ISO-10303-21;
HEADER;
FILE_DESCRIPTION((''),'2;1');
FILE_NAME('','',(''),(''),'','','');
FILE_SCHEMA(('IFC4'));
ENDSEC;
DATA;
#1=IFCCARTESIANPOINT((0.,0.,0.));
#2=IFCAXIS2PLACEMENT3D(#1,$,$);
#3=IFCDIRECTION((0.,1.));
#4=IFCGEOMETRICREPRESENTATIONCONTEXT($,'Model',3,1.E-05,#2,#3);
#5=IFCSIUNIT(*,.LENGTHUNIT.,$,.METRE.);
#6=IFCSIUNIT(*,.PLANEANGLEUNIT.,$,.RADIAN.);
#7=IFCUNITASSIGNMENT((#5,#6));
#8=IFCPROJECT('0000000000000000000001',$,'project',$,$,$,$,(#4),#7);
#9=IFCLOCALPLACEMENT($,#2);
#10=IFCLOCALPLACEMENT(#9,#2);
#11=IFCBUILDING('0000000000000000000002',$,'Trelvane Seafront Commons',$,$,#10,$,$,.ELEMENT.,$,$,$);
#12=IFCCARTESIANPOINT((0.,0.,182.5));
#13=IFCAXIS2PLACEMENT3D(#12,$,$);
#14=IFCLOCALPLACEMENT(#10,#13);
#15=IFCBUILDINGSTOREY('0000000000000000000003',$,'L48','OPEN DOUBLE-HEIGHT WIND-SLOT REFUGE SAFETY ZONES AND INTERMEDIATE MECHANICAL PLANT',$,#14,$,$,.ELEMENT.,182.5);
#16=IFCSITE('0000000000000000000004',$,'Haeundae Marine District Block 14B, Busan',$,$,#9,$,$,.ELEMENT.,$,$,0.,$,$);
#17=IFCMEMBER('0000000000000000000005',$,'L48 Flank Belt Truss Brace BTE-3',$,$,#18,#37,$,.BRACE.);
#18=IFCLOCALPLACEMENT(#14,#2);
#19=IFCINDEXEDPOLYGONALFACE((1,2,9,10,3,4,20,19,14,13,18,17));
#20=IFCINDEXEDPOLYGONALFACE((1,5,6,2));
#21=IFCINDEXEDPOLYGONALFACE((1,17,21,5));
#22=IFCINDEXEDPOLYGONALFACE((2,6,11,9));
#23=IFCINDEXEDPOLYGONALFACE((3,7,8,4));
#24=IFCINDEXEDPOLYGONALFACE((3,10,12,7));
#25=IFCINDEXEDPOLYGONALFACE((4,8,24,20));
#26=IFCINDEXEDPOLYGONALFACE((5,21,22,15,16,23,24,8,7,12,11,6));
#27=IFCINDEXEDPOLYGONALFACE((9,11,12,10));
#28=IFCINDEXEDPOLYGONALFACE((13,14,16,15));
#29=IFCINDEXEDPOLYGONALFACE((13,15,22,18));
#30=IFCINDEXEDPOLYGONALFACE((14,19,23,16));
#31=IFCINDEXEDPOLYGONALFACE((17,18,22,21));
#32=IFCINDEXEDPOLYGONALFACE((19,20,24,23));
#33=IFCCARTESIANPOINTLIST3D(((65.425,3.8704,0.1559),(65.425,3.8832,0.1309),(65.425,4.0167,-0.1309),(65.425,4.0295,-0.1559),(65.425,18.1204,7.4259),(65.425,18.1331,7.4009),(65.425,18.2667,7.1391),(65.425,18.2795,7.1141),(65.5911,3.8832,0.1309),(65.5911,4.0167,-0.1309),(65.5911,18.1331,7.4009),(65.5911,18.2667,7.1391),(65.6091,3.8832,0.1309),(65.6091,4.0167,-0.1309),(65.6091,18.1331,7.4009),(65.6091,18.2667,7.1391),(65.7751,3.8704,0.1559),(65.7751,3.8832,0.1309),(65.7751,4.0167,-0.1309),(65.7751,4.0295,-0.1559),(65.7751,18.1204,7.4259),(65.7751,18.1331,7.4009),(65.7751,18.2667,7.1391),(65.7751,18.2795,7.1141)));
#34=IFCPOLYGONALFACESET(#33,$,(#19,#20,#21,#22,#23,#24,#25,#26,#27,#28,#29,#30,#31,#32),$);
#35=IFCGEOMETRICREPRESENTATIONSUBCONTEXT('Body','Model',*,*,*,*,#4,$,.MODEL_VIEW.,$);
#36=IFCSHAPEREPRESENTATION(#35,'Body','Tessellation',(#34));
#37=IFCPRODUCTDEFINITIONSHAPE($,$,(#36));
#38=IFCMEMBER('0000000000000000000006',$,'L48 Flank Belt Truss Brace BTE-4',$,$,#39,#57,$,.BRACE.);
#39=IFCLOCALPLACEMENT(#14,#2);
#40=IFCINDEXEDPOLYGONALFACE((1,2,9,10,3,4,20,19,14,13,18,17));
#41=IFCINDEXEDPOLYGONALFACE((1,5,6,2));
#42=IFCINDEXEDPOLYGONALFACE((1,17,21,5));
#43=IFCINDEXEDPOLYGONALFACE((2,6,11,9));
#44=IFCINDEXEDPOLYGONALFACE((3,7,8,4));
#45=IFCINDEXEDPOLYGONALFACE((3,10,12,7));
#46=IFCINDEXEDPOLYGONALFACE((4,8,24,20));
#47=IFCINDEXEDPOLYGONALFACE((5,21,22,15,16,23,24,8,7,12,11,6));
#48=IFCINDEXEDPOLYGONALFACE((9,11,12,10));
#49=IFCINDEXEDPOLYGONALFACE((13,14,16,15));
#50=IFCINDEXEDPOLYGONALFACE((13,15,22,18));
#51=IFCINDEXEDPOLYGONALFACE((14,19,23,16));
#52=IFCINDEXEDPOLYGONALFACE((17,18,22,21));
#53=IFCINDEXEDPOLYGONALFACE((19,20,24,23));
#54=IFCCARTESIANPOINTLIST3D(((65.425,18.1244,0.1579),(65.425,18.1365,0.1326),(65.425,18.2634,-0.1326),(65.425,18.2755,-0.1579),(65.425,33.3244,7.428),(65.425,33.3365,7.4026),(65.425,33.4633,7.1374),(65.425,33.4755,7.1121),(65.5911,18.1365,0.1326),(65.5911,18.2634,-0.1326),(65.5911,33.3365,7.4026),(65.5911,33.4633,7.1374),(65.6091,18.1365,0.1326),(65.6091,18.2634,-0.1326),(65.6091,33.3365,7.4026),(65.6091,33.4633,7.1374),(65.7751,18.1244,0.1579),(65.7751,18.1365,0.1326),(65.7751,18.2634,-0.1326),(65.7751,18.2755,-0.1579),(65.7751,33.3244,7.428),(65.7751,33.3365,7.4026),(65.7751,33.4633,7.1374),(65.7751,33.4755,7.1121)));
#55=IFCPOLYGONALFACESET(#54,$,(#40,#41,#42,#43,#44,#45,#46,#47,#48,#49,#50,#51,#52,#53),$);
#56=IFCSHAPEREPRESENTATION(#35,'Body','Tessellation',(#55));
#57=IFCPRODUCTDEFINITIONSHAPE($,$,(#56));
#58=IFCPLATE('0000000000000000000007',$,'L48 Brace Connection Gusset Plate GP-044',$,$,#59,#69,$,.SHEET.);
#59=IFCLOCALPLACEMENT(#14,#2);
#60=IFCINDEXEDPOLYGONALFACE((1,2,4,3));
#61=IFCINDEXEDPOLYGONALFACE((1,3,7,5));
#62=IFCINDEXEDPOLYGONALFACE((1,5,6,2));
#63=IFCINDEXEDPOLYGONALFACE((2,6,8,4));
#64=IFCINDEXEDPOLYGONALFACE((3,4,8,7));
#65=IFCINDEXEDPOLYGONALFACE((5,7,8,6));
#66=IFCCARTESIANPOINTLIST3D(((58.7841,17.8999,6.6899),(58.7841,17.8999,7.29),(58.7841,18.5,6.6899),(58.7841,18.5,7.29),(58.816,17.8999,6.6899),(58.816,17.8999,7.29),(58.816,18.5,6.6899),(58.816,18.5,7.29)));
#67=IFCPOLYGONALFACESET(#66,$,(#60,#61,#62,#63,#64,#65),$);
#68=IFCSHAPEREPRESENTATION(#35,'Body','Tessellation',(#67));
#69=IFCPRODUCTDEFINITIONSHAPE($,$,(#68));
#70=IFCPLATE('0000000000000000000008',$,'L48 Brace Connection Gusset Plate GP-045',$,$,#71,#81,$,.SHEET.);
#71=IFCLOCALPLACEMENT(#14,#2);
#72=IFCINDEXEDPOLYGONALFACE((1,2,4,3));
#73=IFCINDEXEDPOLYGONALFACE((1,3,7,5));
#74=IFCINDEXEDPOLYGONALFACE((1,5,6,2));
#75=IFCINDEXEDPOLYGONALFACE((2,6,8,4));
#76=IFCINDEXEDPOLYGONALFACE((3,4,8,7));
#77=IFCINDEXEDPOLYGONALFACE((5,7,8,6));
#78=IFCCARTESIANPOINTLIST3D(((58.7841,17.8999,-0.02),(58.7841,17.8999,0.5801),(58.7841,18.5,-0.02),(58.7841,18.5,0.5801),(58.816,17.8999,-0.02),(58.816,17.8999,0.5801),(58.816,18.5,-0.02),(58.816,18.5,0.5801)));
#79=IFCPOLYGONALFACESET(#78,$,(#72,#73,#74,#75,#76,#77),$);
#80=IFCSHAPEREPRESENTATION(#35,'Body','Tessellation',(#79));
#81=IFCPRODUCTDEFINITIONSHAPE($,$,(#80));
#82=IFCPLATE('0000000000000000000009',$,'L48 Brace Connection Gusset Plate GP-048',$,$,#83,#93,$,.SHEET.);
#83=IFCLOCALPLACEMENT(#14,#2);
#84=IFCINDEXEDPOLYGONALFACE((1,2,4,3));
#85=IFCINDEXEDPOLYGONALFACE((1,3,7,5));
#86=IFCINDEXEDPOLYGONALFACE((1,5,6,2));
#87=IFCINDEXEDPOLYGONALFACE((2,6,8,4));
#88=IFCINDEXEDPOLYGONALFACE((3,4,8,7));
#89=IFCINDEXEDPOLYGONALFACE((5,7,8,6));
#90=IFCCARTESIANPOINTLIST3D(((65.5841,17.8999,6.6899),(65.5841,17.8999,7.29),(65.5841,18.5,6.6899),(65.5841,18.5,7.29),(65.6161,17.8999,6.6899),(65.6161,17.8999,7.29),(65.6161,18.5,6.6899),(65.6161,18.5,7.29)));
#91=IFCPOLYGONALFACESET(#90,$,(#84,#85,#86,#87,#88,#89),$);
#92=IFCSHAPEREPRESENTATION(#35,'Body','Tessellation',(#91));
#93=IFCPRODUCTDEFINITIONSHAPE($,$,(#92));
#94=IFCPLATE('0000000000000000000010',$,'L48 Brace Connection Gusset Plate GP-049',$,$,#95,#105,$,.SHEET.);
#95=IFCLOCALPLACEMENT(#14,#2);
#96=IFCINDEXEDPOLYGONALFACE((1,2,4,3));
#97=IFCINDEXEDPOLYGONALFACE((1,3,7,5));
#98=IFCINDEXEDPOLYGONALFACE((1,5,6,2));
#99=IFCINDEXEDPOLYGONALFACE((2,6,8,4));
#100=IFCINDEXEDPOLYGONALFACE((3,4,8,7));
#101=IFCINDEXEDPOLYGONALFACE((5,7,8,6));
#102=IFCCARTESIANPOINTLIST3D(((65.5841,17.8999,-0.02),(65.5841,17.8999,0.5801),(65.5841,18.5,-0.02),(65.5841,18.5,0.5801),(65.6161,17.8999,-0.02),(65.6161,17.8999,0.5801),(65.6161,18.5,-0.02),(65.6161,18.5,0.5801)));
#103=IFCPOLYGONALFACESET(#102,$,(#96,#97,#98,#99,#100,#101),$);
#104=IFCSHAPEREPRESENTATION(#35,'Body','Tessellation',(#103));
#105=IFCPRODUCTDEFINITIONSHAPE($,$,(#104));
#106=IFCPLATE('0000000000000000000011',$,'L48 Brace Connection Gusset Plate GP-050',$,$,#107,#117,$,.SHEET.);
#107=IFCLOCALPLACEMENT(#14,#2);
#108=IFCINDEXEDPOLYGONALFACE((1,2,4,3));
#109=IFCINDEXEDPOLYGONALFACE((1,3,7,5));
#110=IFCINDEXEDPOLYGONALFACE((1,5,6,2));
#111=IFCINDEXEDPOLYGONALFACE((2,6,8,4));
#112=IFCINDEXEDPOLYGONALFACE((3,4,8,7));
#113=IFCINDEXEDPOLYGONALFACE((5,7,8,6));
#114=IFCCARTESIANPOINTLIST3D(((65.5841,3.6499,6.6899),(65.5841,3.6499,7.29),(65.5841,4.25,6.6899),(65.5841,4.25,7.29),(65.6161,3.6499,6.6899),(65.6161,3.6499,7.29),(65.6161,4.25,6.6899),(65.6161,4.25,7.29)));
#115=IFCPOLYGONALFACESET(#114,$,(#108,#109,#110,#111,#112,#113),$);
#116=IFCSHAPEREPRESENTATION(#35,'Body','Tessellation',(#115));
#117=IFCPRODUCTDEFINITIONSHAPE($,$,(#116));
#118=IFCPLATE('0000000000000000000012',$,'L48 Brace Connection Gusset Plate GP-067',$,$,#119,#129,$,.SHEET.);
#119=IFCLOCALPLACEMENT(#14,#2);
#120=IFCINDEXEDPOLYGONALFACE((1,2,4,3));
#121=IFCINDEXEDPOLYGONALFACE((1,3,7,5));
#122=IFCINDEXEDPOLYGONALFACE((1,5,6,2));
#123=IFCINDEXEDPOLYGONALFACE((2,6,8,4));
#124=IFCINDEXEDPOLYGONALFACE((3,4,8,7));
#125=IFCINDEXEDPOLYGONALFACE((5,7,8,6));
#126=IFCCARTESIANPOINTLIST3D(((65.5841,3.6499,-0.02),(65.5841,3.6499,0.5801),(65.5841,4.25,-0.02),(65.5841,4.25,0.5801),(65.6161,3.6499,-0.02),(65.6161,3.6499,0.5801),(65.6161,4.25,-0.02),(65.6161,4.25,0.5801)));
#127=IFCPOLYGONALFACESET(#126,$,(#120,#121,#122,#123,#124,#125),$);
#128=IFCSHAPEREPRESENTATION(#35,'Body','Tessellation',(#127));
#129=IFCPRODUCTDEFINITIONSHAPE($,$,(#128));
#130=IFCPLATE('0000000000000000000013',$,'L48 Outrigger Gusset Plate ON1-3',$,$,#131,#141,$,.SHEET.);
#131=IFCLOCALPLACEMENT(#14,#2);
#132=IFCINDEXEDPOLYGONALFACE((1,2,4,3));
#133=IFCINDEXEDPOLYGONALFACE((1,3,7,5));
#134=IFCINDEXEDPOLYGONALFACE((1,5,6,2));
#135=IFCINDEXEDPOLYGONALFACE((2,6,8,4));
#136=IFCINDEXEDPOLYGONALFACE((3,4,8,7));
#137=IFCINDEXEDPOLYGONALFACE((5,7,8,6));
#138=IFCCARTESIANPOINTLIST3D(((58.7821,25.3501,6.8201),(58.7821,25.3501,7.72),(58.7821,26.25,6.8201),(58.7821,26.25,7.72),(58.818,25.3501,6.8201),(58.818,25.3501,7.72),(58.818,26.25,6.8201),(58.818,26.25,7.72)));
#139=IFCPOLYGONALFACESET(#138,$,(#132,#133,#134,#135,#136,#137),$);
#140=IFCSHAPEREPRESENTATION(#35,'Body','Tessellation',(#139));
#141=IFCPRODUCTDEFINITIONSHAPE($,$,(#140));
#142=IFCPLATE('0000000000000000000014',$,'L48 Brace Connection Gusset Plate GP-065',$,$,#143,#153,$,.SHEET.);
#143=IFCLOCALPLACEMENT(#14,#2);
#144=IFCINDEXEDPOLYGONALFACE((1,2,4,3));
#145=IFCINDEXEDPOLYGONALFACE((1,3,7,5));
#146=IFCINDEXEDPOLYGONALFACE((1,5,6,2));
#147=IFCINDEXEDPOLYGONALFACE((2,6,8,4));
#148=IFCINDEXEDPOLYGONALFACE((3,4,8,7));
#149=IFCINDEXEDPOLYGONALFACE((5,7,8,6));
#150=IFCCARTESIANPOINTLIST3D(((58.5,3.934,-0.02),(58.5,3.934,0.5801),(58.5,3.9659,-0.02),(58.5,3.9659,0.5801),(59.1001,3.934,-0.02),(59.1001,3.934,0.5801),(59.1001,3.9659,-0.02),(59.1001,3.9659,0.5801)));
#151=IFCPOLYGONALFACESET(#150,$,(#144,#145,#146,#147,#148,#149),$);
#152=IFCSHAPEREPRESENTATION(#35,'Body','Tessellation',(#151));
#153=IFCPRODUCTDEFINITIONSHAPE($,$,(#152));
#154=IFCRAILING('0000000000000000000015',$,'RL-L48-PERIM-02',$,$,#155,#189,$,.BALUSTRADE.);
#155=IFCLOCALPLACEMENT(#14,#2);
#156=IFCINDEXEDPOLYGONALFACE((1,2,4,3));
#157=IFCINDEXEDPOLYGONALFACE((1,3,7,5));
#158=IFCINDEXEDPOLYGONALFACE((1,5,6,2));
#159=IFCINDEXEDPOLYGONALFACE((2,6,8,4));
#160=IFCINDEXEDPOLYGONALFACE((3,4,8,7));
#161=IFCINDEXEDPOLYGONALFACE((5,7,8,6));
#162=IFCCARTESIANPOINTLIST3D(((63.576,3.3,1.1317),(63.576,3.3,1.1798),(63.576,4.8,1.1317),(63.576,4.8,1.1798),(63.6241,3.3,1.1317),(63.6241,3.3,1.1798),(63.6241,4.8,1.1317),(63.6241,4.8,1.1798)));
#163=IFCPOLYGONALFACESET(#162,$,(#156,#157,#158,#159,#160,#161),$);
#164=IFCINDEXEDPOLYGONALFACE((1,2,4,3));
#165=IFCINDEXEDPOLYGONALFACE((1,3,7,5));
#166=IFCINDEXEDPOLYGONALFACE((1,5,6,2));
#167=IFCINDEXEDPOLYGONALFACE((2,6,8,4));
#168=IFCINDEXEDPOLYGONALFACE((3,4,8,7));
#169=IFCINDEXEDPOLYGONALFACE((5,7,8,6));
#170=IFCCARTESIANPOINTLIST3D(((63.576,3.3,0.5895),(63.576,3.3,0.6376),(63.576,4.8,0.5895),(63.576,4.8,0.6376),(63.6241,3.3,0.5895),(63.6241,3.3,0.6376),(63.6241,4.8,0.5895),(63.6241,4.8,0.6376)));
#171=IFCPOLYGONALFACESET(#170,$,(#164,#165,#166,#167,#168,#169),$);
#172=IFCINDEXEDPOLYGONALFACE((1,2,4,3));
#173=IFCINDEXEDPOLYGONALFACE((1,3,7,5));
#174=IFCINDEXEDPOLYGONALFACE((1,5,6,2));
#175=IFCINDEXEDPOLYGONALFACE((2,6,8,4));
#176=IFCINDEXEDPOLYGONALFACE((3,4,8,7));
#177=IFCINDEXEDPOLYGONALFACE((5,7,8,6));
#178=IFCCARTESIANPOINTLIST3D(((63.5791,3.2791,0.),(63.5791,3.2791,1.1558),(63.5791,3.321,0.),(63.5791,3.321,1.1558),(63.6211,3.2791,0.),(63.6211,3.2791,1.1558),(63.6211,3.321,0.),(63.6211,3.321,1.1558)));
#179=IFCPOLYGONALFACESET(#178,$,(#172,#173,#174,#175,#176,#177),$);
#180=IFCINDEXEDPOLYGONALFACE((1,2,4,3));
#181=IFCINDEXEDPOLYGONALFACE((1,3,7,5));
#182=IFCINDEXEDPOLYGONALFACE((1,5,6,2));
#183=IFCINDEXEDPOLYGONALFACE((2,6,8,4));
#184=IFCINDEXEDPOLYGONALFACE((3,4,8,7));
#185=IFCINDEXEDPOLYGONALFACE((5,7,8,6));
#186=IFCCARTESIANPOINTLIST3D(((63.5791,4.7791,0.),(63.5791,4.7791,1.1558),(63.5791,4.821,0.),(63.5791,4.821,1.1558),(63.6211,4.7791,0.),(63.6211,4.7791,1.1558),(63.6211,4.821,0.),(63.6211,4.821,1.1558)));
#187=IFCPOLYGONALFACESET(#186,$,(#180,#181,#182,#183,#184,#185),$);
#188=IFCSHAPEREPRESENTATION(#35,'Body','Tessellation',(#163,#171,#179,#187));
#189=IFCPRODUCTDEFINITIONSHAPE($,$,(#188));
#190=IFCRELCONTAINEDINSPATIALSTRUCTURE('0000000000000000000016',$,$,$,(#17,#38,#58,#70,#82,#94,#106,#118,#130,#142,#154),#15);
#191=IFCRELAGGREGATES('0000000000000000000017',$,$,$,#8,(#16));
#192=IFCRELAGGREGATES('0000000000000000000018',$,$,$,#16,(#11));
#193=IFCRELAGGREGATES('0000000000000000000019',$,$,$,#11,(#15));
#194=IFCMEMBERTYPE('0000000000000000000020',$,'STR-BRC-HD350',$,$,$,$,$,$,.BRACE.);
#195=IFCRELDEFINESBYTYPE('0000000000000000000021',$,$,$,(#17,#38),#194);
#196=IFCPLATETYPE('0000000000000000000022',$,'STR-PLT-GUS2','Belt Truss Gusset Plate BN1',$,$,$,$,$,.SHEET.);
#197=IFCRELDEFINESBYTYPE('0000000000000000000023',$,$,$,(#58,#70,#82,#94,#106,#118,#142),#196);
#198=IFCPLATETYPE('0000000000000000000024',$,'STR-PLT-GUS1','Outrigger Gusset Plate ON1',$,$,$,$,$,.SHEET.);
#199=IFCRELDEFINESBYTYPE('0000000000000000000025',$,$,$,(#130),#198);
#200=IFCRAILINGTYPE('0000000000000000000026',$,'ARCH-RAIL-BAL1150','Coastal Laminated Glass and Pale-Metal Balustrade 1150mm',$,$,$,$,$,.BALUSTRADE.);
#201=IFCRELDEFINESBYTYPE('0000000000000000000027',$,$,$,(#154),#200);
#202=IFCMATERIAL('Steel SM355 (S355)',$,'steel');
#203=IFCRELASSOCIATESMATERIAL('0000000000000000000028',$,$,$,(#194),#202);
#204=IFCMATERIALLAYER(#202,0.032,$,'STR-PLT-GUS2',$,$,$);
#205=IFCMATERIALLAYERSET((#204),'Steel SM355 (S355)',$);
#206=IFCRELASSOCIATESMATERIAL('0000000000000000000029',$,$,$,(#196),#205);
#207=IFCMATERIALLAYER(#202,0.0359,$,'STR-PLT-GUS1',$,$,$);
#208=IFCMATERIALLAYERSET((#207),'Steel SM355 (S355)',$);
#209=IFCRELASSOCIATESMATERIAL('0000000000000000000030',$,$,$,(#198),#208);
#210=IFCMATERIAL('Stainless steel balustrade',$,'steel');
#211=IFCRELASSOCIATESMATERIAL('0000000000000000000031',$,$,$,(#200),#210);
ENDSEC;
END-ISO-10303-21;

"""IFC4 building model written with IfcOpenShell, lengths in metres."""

from ifc_helpers import new_model, si_unit, direction, frame, origin, origin_2d, place, context, subcontext, project, spatial, rectangle, i_section, extrude, source, transform, mapped, material, layer, layer_set, material_profile, profile_set, type_object, element, save


model = new_model("IFC4")

# Units and contexts
model_context = context("Model", 3, precision=1e-05, world=origin(), true_north=direction((0.0, 1.0)))
body_context = subcontext(model_context, "Body", "Model", "MODEL_VIEW")
ifc_project = project(units=[si_unit("LENGTHUNIT", "METRE"), si_unit("PLANEANGLEUNIT", "RADIAN")], contexts=[model_context])

# Site, building, storey
site_placement = place(None, origin())
site = spatial("IfcSite", under=ifc_project, at=site_placement, Name="Haeundae Marine District Block 14B, Busan", CompositionType="ELEMENT", RefElevation=0.0)
building_placement = place(site_placement, origin())
building = spatial("IfcBuilding", under=site, at=building_placement, Name="Trelvane Seafront Commons", CompositionType="ELEMENT")
storey_placement = place(building_placement, frame((0.0, 0.0, 182.5)))
storey = spatial("IfcBuildingStorey", under=building, at=storey_placement, Name="L48", Description="OPEN DOUBLE-HEIGHT WIND-SLOT REFUGE SAFETY ZONES AND INTERMEDIATE MECHANICAL PLANT", CompositionType="ELEMENT", Elevation=182.5)

# Shared definitions
ifc_material_1 = material(Name="Steel SM355 (S355)", Category="steel")

# Members
ifc_material_profile_1 = material_profile(ifc_material_1, i_section(OverallWidth=0.3501, OverallDepth=0.3501, WebThickness=0.0181, FlangeThickness=0.0281, at=origin_2d()), Name="HD-350x350x18x28")
ifc_profile_set_1 = profile_set([ifc_material_profile_1], Name="Steel SM355 (S355)")
member_type_1 = type_object("IfcMemberType", Name="STR-BRC-HD350", PredefinedType="BRACE", material=ifc_profile_set_1)
shared_shape_1 = source(origin(), body_context, "Body", "SweptSolid", [
    extrude(i_section(OverallWidth=0.3501, OverallDepth=0.3501, WebThickness=0.0181, FlangeThickness=0.0281, at=origin_2d()), origin(), (0.0, 0.0, 1.0), 15.9973),
])
member_1_placement = place(storey_placement, frame((65.6001, 3.95, 0.0), z_axis=(0.0, 0.890772, 0.454451), x_axis=(-1.0, 0.0, 0.0)))
element("IfcMember", 1, at=member_1_placement, inside=storey, type_object=member_type_1, Name="L48 Flank Belt Truss Brace BTE-3", PredefinedType="BRACE", context=body_context, shape_type="MappedRepresentation", body=[
    mapped(shared_shape_1, transform((0.0, 0.0, 0.0), x_axis=(1.0, 0.0, 0.0), y_axis=(0.0, 1.0, 0.0), z_axis=(0.0, 0.0, 1.0), scale=1.0)),
])
shared_shape_2 = source(origin(), body_context, "Body", "SweptSolid", [
    extrude(i_section(OverallWidth=0.3501, OverallDepth=0.3501, WebThickness=0.0181, FlangeThickness=0.0281, at=origin_2d()), origin(), (0.0, 0.0, 1.0), 16.8491),
])
member_2_placement = place(storey_placement, frame((65.6001, 18.2, 0.0), z_axis=(0.0, 0.902123, 0.431479), x_axis=(-1.0, 0.0, 0.0)))
element("IfcMember", 2, at=member_2_placement, inside=storey, type_object=member_type_1, Name="L48 Flank Belt Truss Brace BTE-4", PredefinedType="BRACE", context=body_context, shape_type="MappedRepresentation", body=[
    mapped(shared_shape_2, transform((0.0, 0.0, 0.0), x_axis=(1.0, 0.0, 0.0), y_axis=(0.0, 1.0, 0.0), z_axis=(0.0, 0.0, 1.0), scale=1.0)),
])

# Plates
ifc_layer_1 = layer(ifc_material_1, 0.032, Name="STR-PLT-GUS2")
ifc_layer_set_1 = layer_set([ifc_layer_1], Name="Steel SM355 (S355)")
plate_type_1 = type_object("IfcPlateType", Name="STR-PLT-GUS2", Description="Belt Truss Gusset Plate BN1", PredefinedType="SHEET", material=ifc_layer_set_1)
shared_shape_3 = source(origin(), body_context, "Body", "SweptSolid", [
    extrude(rectangle(XDim=0.032, YDim=0.6001, at=origin_2d()), origin(), (0.0, 0.0, 1.0), 0.6001),
])
for number, where, z_axis, x_axis, name in (
    (3, (58.8, 18.2, 6.6899), (0.0, 0.0, 1.0), (1.0, 0.0, 0.0), "L48 Brace Connection Gusset Plate GP-044"),
    (4, (58.8, 18.2, -0.02), (0.0, 0.0, 1.0), (1.0, 0.0, 0.0), "L48 Brace Connection Gusset Plate GP-045"),
    (5, (65.6001, 18.2, 6.6899), (0.0, 0.0, 1.0), (1.0, 0.0, 0.0), "L48 Brace Connection Gusset Plate GP-048"),
    (6, (65.6001, 18.2, -0.02), (0.0, 0.0, 1.0), (1.0, 0.0, 0.0), "L48 Brace Connection Gusset Plate GP-049"),
    (7, (65.6001, 3.95, 6.6899), (0.0, 0.0, 1.0), (1.0, 0.0, 0.0), "L48 Brace Connection Gusset Plate GP-050"),
    (8, (65.6001, 3.95, -0.02), (0.0, 0.0, 1.0), (1.0, 0.0, 0.0), "L48 Brace Connection Gusset Plate GP-067"),
):
    element("IfcPlate", number, at=place(storey_placement, frame(where, z_axis=z_axis, x_axis=x_axis)), inside=storey, type_object=plate_type_1, Name=name, PredefinedType="SHEET", context=body_context, shape_type="MappedRepresentation", body=[
        mapped(shared_shape_3, transform((0.0, 0.0, 0.0), x_axis=(1.0, 0.0, 0.0), y_axis=(0.0, 1.0, 0.0), z_axis=(0.0, 0.0, 1.0), scale=1.0)),
    ])
ifc_layer_2 = layer(ifc_material_1, 0.0359, Name="STR-PLT-GUS1")
ifc_layer_set_2 = layer_set([ifc_layer_2], Name="Steel SM355 (S355)")
plate_type_2 = type_object("IfcPlateType", Name="STR-PLT-GUS1", Description="Outrigger Gusset Plate ON1", PredefinedType="SHEET", material=ifc_layer_set_2)
shared_shape_4 = source(origin(), body_context, "Body", "SweptSolid", [
    extrude(rectangle(XDim=0.0359, YDim=0.8999, at=origin_2d()), origin(), (0.0, 0.0, 1.0), 0.8999),
])
plate_1_placement = place(storey_placement, frame((58.8, 25.8, 6.8201), z_axis=(0.0, 0.0, 1.0), x_axis=(1.0, 0.0, 0.0)))
element("IfcPlate", 9, at=plate_1_placement, inside=storey, type_object=plate_type_2, Name="L48 Outrigger Gusset Plate ON1-3", PredefinedType="SHEET", context=body_context, shape_type="MappedRepresentation", body=[
    mapped(shared_shape_4, transform((0.0, 0.0, 0.0), x_axis=(1.0, 0.0, 0.0), y_axis=(0.0, 1.0, 0.0), z_axis=(0.0, 0.0, 1.0), scale=1.0)),
])
shared_shape_5 = source(origin(), body_context, "Body", "SweptSolid", [
    extrude(rectangle(XDim=0.6001, YDim=0.032, at=origin_2d()), origin(), (0.0, 0.0, 1.0), 0.6001),
])
plate_2_placement = place(storey_placement, frame((58.8, 3.95, -0.02), z_axis=(0.0, 0.0, 1.0), x_axis=(1.0, 0.0, 0.0)))
element("IfcPlate", 10, at=plate_2_placement, inside=storey, type_object=plate_type_1, Name="L48 Brace Connection Gusset Plate GP-065", PredefinedType="SHEET", context=body_context, shape_type="MappedRepresentation", body=[
    mapped(shared_shape_5, transform((0.0, 0.0, 0.0), x_axis=(1.0, 0.0, 0.0), y_axis=(0.0, 1.0, 0.0), z_axis=(0.0, 0.0, 1.0), scale=1.0)),
])

# Railing
ifc_material_2 = material(Name="Stainless steel balustrade", Category="steel")
railing_type = type_object("IfcRailingType", Name="ARCH-RAIL-BAL1150", Description="Coastal Laminated Glass and Pale-Metal Balustrade 1150mm", PredefinedType="BALUSTRADE", material=ifc_material_2)
railing_1_placement = place(storey_placement, frame((63.6001, 3.3, 0.0)))
element("IfcRailing", 11, at=railing_1_placement, inside=storey, type_object=railing_type, Name="RL-L48-PERIM-02", PredefinedType="BALUSTRADE", context=body_context, shape_type="SweptSolid", body=[
    extrude(rectangle(XDim=0.0481, YDim=0.0481, at=origin_2d()), frame((0.0, 0.0, 1.1558), z_axis=(0.0, 1.0, 0.0), x_axis=(-1.0, 0.0, 0.0)), (0.0, 0.0, 1.0), 1.5),
    extrude(rectangle(XDim=0.0481, YDim=0.0481, at=origin_2d()), frame((0.0, 0.0, 0.6135), z_axis=(0.0, 1.0, 0.0), x_axis=(-1.0, 0.0, 0.0)), (0.0, 0.0, 1.0), 1.5),
    extrude(rectangle(XDim=0.042, YDim=0.042, at=origin_2d()), origin(), (0.0, 0.0, 1.0), 1.1558),
    extrude(rectangle(XDim=0.042, YDim=0.042, at=origin_2d()), frame((0.0, 1.5, 0.0)), (0.0, 0.0, 1.0), 1.1558),
])

save(model, "model.ifc")
